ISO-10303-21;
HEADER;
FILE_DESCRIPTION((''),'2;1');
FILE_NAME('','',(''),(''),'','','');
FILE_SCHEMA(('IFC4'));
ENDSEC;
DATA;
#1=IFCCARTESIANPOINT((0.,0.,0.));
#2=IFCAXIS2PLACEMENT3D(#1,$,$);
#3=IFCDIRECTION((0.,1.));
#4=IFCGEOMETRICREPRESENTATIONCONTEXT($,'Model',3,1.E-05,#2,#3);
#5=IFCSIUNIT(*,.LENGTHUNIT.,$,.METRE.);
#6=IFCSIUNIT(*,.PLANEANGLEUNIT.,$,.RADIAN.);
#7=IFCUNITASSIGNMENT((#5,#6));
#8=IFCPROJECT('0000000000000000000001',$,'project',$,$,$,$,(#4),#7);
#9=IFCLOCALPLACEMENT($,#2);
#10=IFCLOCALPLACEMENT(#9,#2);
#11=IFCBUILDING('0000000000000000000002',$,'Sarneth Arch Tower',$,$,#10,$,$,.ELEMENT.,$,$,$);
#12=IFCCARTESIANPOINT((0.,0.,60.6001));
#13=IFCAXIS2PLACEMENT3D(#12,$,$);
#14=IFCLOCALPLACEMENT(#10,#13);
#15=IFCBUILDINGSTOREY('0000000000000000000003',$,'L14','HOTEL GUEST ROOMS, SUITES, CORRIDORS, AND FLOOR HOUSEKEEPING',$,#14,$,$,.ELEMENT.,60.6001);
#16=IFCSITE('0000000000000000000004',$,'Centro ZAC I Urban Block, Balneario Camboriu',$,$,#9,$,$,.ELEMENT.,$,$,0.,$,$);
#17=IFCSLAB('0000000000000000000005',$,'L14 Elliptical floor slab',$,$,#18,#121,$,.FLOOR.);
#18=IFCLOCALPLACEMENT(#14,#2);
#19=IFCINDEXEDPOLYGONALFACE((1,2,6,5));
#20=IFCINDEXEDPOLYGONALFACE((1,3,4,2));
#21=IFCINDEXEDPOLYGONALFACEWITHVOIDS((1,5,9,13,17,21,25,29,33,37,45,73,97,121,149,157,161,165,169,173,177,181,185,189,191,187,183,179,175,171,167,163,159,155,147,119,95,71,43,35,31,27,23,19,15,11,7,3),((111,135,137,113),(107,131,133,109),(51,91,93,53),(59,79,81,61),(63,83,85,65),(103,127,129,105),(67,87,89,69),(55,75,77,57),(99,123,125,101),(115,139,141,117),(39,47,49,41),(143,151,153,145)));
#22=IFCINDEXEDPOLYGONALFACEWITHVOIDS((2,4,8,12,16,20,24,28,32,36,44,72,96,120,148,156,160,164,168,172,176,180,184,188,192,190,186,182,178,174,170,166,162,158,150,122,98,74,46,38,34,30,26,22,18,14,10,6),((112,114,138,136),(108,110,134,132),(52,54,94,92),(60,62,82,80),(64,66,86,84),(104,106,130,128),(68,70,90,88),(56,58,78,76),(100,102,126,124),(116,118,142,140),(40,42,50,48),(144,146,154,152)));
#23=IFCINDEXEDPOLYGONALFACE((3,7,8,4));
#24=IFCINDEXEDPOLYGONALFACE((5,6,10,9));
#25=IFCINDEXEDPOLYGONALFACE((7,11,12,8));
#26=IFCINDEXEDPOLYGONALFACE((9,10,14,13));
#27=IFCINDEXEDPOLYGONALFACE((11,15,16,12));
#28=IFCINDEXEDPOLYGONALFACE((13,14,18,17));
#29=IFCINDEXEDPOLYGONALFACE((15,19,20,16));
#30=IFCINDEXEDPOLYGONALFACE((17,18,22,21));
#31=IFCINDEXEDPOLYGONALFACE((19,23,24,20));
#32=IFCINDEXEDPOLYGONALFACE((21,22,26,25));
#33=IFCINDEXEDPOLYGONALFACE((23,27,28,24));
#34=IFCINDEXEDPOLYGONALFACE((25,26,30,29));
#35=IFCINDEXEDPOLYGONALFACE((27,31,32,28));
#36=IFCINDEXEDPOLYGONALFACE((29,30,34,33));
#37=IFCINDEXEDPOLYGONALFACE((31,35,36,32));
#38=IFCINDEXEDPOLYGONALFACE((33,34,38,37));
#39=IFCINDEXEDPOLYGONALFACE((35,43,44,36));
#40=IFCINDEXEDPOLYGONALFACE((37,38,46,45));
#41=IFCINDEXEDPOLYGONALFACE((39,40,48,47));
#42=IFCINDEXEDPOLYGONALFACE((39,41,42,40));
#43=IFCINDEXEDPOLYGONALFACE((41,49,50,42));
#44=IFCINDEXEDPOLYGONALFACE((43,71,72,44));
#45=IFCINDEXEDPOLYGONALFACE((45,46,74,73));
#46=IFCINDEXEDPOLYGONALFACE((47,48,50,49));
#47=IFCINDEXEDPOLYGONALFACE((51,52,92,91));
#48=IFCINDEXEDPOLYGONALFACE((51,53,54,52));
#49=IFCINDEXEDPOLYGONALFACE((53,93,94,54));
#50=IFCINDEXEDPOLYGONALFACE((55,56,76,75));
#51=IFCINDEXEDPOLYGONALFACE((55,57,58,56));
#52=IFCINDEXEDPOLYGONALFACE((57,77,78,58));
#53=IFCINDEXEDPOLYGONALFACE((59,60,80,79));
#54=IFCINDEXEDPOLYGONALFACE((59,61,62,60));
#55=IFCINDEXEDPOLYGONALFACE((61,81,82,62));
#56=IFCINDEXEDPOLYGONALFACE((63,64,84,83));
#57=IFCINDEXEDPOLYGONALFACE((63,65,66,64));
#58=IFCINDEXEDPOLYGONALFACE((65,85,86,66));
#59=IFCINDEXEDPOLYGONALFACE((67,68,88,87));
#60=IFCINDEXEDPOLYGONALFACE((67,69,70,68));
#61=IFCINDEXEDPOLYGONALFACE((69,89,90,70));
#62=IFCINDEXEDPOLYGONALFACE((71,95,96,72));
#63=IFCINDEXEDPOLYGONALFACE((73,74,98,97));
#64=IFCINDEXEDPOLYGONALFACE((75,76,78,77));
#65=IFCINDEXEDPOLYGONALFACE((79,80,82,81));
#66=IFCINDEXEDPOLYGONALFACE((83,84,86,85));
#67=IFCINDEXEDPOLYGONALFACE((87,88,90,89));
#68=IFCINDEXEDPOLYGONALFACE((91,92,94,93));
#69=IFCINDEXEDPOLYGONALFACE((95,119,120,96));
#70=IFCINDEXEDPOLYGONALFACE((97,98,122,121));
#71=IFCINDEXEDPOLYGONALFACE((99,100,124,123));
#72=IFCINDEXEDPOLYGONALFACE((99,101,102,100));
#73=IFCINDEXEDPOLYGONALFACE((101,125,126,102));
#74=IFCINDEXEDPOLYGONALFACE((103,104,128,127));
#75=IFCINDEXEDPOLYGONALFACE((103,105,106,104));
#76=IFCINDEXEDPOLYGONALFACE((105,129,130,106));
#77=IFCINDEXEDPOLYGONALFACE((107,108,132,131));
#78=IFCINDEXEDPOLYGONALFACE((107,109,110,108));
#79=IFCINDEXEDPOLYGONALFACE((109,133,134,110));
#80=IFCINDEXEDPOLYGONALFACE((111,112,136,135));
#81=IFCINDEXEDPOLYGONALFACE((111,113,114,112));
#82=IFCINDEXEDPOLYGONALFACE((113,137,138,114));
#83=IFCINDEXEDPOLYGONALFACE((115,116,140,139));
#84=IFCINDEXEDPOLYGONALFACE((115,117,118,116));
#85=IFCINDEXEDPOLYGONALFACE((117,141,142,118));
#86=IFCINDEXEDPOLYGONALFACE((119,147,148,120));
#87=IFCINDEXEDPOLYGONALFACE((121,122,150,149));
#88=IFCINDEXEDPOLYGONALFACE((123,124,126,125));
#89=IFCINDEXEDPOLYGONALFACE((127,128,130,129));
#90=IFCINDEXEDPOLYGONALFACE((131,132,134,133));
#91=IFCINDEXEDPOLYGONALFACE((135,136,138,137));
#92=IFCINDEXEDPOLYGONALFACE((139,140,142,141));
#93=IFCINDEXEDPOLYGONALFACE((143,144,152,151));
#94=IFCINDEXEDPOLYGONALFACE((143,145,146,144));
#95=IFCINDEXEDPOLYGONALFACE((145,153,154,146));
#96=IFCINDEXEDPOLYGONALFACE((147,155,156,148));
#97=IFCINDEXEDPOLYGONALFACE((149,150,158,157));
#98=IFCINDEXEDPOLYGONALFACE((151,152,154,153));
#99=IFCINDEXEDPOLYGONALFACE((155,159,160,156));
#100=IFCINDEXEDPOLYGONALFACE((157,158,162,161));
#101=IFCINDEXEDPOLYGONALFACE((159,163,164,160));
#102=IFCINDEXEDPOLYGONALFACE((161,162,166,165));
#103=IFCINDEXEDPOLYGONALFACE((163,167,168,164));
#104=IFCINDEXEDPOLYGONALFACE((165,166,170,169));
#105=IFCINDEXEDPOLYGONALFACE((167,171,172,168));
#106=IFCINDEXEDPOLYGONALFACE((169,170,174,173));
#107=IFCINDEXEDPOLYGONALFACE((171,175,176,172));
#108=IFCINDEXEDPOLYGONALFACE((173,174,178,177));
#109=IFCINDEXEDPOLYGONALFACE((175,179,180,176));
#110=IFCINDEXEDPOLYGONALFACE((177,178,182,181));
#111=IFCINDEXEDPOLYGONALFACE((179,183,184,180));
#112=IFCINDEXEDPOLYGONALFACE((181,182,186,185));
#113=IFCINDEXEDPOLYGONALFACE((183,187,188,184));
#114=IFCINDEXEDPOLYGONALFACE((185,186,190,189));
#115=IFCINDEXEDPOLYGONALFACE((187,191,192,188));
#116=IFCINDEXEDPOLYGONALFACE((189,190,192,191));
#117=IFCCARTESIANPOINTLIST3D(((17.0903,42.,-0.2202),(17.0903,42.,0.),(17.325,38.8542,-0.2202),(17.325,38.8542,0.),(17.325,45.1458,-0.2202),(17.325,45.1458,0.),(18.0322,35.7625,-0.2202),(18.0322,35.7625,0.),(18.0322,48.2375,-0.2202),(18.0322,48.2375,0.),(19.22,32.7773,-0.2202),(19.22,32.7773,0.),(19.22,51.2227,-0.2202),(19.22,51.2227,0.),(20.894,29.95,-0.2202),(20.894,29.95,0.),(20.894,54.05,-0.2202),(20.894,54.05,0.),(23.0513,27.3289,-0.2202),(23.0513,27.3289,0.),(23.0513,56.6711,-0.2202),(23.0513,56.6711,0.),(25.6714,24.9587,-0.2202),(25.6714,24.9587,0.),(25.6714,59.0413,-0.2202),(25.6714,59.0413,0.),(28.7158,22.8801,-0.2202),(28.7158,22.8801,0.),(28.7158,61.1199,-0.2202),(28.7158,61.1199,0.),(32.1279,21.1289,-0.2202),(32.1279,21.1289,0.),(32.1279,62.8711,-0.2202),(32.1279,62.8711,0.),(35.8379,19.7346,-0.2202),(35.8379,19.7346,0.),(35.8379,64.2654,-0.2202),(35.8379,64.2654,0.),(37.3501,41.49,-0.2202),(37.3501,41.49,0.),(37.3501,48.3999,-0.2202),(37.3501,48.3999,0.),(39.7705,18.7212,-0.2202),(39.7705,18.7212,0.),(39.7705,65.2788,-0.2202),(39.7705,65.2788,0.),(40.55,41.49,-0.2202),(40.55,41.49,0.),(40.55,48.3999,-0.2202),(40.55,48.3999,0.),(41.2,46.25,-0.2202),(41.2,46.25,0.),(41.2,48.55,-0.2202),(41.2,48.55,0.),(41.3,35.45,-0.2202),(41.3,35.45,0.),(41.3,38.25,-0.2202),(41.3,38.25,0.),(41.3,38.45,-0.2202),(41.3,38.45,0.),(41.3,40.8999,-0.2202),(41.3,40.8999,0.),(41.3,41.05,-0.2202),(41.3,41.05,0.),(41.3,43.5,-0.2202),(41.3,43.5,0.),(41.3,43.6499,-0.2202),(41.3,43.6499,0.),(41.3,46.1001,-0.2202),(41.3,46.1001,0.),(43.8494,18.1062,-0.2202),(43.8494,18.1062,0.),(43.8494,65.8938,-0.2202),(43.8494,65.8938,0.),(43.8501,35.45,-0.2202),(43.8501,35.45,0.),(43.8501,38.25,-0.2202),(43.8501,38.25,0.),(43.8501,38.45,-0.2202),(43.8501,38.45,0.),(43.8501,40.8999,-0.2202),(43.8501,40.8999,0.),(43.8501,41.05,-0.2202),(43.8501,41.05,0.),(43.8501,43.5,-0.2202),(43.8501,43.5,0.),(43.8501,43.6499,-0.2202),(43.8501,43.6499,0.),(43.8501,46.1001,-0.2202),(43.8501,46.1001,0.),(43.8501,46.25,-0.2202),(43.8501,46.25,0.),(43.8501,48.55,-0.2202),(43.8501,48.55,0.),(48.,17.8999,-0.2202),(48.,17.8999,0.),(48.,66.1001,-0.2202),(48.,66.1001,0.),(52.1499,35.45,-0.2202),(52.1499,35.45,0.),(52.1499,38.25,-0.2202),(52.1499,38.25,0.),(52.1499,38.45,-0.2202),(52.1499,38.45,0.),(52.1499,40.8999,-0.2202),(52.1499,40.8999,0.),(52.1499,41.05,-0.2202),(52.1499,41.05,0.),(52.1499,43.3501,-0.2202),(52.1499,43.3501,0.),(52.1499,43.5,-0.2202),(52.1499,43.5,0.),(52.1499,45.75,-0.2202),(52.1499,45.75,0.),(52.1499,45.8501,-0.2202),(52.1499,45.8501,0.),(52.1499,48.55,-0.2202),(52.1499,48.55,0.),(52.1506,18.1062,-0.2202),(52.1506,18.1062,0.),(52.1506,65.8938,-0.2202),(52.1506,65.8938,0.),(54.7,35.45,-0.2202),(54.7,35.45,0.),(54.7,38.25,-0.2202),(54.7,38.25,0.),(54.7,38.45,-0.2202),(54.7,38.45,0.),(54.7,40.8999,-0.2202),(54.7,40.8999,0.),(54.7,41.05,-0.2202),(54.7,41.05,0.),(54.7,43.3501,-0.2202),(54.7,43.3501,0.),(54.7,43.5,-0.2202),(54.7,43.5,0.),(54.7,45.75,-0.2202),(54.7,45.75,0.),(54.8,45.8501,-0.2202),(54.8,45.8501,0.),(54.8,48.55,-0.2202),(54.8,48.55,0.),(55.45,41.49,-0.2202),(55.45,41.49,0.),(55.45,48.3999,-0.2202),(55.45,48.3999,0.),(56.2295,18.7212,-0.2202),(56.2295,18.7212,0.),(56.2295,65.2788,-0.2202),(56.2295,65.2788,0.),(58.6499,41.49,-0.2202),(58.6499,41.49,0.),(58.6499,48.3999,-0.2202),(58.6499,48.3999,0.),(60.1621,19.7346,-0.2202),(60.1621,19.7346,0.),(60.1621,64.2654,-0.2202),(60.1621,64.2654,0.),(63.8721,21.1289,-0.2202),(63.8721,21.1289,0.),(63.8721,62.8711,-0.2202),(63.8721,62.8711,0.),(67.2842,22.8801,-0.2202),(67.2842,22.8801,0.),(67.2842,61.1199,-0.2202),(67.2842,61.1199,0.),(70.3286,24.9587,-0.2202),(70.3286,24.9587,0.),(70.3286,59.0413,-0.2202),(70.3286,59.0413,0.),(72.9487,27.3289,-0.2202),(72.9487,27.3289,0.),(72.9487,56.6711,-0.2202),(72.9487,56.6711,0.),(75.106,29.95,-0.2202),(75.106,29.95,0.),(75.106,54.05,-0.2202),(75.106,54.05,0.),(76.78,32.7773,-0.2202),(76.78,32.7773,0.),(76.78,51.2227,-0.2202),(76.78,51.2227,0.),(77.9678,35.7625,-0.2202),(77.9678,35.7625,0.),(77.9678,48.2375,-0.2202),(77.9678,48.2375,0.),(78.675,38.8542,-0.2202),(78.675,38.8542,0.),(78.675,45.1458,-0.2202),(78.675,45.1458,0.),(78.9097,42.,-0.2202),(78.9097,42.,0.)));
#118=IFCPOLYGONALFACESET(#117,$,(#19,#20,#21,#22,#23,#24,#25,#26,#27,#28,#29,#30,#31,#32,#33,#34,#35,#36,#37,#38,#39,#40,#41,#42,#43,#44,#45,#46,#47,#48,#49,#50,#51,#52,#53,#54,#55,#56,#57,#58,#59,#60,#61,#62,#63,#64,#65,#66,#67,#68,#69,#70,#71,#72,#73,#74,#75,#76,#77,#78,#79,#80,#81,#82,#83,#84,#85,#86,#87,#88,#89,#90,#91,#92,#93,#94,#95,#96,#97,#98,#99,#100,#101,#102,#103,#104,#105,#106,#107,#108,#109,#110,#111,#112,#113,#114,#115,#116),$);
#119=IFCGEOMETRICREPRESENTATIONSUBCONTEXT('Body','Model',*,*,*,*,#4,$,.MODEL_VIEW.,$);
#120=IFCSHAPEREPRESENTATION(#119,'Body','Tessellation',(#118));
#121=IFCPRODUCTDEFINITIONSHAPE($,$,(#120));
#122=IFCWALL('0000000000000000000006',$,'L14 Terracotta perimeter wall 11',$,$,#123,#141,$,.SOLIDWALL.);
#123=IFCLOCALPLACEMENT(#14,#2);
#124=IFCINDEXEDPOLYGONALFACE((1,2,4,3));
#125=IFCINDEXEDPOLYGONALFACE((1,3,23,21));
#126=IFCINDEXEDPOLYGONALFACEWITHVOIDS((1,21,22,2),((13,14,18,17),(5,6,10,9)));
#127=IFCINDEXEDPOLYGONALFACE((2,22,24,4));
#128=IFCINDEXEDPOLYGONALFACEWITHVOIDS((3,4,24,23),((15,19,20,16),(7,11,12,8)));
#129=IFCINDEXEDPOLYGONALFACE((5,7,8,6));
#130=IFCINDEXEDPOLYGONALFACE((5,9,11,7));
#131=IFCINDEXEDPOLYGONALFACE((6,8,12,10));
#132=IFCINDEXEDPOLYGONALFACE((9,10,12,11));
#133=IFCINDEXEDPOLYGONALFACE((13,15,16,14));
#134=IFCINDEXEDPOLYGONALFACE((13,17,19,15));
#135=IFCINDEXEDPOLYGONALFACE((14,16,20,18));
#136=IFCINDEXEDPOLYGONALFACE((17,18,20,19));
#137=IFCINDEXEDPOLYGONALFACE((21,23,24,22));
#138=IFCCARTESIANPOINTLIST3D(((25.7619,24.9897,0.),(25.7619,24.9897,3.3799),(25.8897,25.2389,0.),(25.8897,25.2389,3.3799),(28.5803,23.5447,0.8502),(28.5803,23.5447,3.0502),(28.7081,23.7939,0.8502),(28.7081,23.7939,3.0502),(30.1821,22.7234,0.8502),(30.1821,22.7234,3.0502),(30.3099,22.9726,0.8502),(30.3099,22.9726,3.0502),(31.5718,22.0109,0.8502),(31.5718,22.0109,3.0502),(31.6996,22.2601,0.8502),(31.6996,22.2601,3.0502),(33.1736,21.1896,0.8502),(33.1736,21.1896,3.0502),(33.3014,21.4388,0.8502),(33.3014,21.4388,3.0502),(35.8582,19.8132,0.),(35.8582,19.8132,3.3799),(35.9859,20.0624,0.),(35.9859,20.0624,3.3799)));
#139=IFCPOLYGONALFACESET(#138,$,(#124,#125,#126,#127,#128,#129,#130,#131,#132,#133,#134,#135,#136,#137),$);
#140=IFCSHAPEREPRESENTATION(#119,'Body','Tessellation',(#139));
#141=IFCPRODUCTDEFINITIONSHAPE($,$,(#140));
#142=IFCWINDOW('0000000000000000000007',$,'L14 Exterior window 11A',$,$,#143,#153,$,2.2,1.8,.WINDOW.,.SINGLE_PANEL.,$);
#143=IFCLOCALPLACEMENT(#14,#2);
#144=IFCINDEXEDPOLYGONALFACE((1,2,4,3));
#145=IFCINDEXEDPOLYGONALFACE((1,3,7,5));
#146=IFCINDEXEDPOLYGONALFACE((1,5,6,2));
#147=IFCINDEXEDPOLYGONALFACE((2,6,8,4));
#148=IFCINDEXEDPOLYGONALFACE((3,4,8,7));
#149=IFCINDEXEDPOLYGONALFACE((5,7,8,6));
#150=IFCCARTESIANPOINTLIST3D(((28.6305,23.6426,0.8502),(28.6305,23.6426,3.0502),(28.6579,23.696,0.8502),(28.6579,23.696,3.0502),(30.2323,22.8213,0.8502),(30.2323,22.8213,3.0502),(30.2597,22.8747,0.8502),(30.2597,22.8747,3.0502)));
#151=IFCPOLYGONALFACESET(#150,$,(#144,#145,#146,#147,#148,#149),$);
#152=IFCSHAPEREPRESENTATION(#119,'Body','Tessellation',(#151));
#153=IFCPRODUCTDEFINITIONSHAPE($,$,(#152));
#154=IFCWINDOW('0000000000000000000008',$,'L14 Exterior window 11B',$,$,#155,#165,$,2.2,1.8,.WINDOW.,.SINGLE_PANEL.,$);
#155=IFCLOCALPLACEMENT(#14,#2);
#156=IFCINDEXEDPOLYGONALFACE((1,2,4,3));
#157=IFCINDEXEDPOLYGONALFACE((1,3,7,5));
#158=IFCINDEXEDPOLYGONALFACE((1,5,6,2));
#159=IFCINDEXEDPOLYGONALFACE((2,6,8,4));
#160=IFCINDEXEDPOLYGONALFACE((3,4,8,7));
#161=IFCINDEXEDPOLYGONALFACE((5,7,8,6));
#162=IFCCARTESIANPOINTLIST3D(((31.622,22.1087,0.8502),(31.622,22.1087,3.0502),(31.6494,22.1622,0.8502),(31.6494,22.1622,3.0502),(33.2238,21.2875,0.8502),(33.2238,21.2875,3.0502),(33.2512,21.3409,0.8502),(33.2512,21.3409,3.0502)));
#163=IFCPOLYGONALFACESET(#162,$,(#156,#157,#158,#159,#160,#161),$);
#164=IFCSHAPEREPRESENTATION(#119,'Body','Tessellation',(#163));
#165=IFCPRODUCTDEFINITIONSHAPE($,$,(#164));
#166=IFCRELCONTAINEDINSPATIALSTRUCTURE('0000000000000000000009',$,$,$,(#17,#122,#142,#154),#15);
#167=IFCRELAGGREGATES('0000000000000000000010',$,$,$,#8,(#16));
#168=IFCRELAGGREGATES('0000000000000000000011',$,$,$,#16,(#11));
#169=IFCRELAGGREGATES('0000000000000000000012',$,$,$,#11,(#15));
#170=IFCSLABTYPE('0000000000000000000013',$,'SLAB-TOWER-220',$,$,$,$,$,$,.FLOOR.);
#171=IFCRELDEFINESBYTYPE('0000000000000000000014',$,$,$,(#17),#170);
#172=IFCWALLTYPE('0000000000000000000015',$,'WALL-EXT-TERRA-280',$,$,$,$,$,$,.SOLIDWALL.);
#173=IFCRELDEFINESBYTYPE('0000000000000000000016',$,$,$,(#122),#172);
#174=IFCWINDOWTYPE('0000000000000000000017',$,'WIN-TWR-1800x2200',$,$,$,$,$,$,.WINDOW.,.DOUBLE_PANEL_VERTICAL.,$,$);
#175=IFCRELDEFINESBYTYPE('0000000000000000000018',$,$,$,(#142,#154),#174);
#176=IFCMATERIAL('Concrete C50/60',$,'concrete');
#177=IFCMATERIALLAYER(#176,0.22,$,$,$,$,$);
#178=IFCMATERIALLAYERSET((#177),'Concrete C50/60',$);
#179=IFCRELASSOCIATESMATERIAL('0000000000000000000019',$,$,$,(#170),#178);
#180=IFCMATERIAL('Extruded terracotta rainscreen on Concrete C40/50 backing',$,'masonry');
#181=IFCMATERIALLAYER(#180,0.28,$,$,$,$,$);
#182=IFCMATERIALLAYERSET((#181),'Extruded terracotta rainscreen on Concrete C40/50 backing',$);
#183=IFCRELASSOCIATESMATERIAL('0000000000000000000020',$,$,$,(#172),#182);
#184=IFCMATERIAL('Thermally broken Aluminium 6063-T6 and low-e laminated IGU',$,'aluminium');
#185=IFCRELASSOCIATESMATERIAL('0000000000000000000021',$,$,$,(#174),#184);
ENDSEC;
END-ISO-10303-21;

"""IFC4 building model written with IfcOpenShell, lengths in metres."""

from ifc_helpers import new_model, si_unit, direction, frame, frame_2d, origin, place, context, subcontext, project, spatial, polyline, rectangle, outline, extrude, material, layer, layer_set, type_object, element, fill, save


model = new_model("IFC4")

# Units and contexts
model_context = context("Model", 3, precision=1e-05, world=origin(), true_north=direction((0.0, 1.0)))
body_context = subcontext(model_context, "Body", "Model", "MODEL_VIEW")
ifc_project = project(units=[si_unit("LENGTHUNIT", "METRE"), si_unit("PLANEANGLEUNIT", "RADIAN")], contexts=[model_context])

# Site, building, storey
site_placement = place(None, origin())
site = spatial("IfcSite", under=ifc_project, at=site_placement, Name="Centro ZAC I Urban Block, Balneario Camboriu", CompositionType="ELEMENT", RefElevation=0.0)
building_placement = place(site_placement, origin())
building = spatial("IfcBuilding", under=site, at=building_placement, Name="Sarneth Arch Tower", CompositionType="ELEMENT")
storey_placement = place(building_placement, frame((0.0, 0.0, 60.6001)))
storey = spatial("IfcBuildingStorey", under=building, at=storey_placement, Name="L14", Description="HOTEL GUEST ROOMS, SUITES, CORRIDORS, AND FLOOR HOUSEKEEPING", CompositionType="ELEMENT", Elevation=60.6001)

# Slab
ifc_material_1 = material(Name="Concrete C50/60", Category="concrete")
ifc_layer_1 = layer(ifc_material_1, 0.22)
ifc_layer_set_1 = layer_set([ifc_layer_1], Name="Concrete C50/60")
slab_type_1 = type_object("IfcSlabType", Name="SLAB-TOWER-220", PredefinedType="FLOOR", material=ifc_layer_set_1)
slab_1_placement = place(storey_placement, frame((0.0, 0.0, -0.2202)))
element("IfcSlab", 1, at=slab_1_placement, inside=storey, type_object=slab_type_1, Name="L14 Elliptical floor slab", PredefinedType="FLOOR", context=body_context, shape_type="SweptSolid", body=[
    extrude(outline(polyline([(78.9097, 42.0), (78.675, 45.1458), (77.9678, 48.2375), (76.78, 51.2227), (75.106, 54.05), (72.9487, 56.6711), (70.3286, 59.0413), (67.2842, 61.1199), (63.8721, 62.8711), (60.1621, 64.2654), (56.2295, 65.2788), (52.1506, 65.8938), (48.0, 66.1001), (43.8494, 65.8938), (39.7705, 65.2788), (35.8379, 64.2654), (32.1279, 62.8711), (28.7158, 61.1199), (25.6714, 59.0413), (23.0513, 56.6711), (20.894, 54.05), (19.22, 51.2227), (18.0322, 48.2375), (17.325, 45.1458), (17.0903, 42.0), (17.325, 38.8542), (18.0322, 35.7625), (19.22, 32.7773), (20.894, 29.95), (23.0513, 27.3289), (25.6714, 24.9587), (28.7158, 22.8801), (32.1279, 21.1289), (35.8379, 19.7346), (39.7705, 18.7212), (43.8494, 18.1062), (48.0, 17.8999), (52.1506, 18.1062), (56.2295, 18.7212), (60.1621, 19.7346), (63.8721, 21.1289), (67.2842, 22.8801), (70.3286, 24.9587), (72.9487, 27.3289), (75.106, 29.95), (76.78, 32.7773), (77.9678, 35.7625), (78.675, 38.8542), (78.9097, 42.0)]), holes=[polyline([(37.3501, 41.49), (40.55, 41.49), (40.55, 48.3999), (37.3501, 48.3999), (37.3501, 41.49)]), polyline([(55.45, 41.49), (58.6499, 41.49), (58.6499, 48.3999), (55.45, 48.3999), (55.45, 41.49)]), polyline([(41.2, 46.25), (43.8501, 46.25), (43.8501, 48.55), (41.2, 48.55), (41.2, 46.25)]), polyline([(41.3, 35.45), (43.8501, 35.45), (43.8501, 38.25), (41.3, 38.25), (41.3, 35.45)]), polyline([(52.1499, 35.45), (54.7, 35.45), (54.7, 38.25), (52.1499, 38.25), (52.1499, 35.45)]), polyline([(52.1499, 45.8501), (54.8, 45.8501), (54.8, 48.55), (52.1499, 48.55), (52.1499, 45.8501)]), polyline([(41.3, 38.45), (43.8501, 38.45), (43.8501, 40.8999), (41.3, 40.8999), (41.3, 38.45)]), polyline([(41.3, 41.05), (43.8501, 41.05), (43.8501, 43.5), (41.3, 43.5), (41.3, 41.05)]), polyline([(41.3, 43.6499), (43.8501, 43.6499), (43.8501, 46.1001), (41.3, 46.1001), (41.3, 43.6499)]), polyline([(52.1499, 38.45), (54.7, 38.45), (54.7, 40.8999), (52.1499, 40.8999), (52.1499, 38.45)]), polyline([(52.1499, 41.05), (54.7, 41.05), (54.7, 43.3501), (52.1499, 43.3501), (52.1499, 41.05)]), polyline([(52.1499, 43.5), (54.7, 43.5), (54.7, 45.75), (52.1499, 45.75), (52.1499, 43.5)])]), origin(), (0.0, 0.0, 1.0), 0.2202),
])

# Wall, openings, windows
ifc_material_2 = material(Name="Extruded terracotta rainscreen on Concrete C40/50 backing", Category="masonry")
ifc_layer_2 = layer(ifc_material_2, 0.28)
ifc_layer_set_2 = layer_set([ifc_layer_2], Name="Extruded terracotta rainscreen on Concrete C40/50 backing")
wall_type_1 = type_object("IfcWallType", Name="WALL-EXT-TERRA-280", PredefinedType="SOLIDWALL", material=ifc_layer_set_2)
wall_1_placement = place(storey_placement, frame((25.8259, 25.1143, 0.0), z_axis=(0.0, 0.0, 1.0), x_axis=(0.889854, -0.456245, 0.0)))
wall_1 = element("IfcWall", 2, at=wall_1_placement, inside=storey, type_object=wall_type_1, Name="L14 Terracotta perimeter wall 11", PredefinedType="SOLIDWALL", context=body_context, shape_type="SweptSolid", body=[
    extrude(rectangle(XDim=11.3459, YDim=0.28, at=frame_2d((5.6729, 0.0))), origin(), (0.0, 0.0, 1.0), 3.3799),
])
opening_1_placement = place(wall_1_placement, frame((3.1672, 0.0, 0.8501)))
opening_1 = element("IfcOpeningElement", 3, at=opening_1_placement, cuts=wall_1, PredefinedType="OPENING", context=body_context, shape_type="SweptSolid", body=[
    extrude(rectangle(XDim=1.8, YDim=2.2, at=frame_2d((0.8999, 1.1001))), frame((0.0, 0.1499, 0.0), z_axis=(0.0, -1.0, 0.0), x_axis=(1.0, 0.0, 0.0)), (0.0, 0.0, 1.0), 0.3),
])
opening_2_placement = place(wall_1_placement, frame((6.5291, 0.0, 0.8501)))
opening_2 = element("IfcOpeningElement", 4, at=opening_2_placement, cuts=wall_1, PredefinedType="OPENING", context=body_context, shape_type="SweptSolid", body=[
    extrude(rectangle(XDim=1.8, YDim=2.2, at=frame_2d((0.8999, 1.1001))), frame((0.0, 0.1499, 0.0), z_axis=(0.0, -1.0, 0.0), x_axis=(1.0, 0.0, 0.0)), (0.0, 0.0, 1.0), 0.3),
])
ifc_material_3 = material(Name="Thermally broken Aluminium 6063-T6 and low-e laminated IGU", Category="aluminium")
window_type = type_object("IfcWindowType", Name="WIN-TWR-1800x2200", PartitioningType="DOUBLE_PANEL_VERTICAL", PredefinedType="WINDOW", material=ifc_material_3)
window_1_placement = place(opening_1_placement, origin())
window_1 = element("IfcWindow", 5, at=window_1_placement, inside=storey, type_object=window_type, Name="L14 Exterior window 11A", OverallHeight=2.2, OverallWidth=1.8, PartitioningType="SINGLE_PANEL", PredefinedType="WINDOW", context=body_context, shape_type="SweptSolid", body=[
    extrude(rectangle(XDim=1.8, YDim=2.2, at=frame_2d((0.8999, 1.1001))), frame((0.0, 0.03, 0.0), z_axis=(0.0, -1.0, 0.0), x_axis=(1.0, 0.0, 0.0)), (0.0, 0.0, 1.0), 0.0601),
])
fill(opening_1, window_1)
window_2_placement = place(opening_2_placement, origin())
window_2 = element("IfcWindow", 6, at=window_2_placement, inside=storey, type_object=window_type, Name="L14 Exterior window 11B", OverallHeight=2.2, OverallWidth=1.8, PartitioningType="SINGLE_PANEL", PredefinedType="WINDOW", context=body_context, shape_type="SweptSolid", body=[
    extrude(rectangle(XDim=1.8, YDim=2.2, at=frame_2d((0.8999, 1.1001))), frame((0.0, 0.03, 0.0), z_axis=(0.0, -1.0, 0.0), x_axis=(1.0, 0.0, 0.0)), (0.0, 0.0, 1.0), 0.0601),
])
fill(opening_2, window_2)

save(model, "model.ifc")
